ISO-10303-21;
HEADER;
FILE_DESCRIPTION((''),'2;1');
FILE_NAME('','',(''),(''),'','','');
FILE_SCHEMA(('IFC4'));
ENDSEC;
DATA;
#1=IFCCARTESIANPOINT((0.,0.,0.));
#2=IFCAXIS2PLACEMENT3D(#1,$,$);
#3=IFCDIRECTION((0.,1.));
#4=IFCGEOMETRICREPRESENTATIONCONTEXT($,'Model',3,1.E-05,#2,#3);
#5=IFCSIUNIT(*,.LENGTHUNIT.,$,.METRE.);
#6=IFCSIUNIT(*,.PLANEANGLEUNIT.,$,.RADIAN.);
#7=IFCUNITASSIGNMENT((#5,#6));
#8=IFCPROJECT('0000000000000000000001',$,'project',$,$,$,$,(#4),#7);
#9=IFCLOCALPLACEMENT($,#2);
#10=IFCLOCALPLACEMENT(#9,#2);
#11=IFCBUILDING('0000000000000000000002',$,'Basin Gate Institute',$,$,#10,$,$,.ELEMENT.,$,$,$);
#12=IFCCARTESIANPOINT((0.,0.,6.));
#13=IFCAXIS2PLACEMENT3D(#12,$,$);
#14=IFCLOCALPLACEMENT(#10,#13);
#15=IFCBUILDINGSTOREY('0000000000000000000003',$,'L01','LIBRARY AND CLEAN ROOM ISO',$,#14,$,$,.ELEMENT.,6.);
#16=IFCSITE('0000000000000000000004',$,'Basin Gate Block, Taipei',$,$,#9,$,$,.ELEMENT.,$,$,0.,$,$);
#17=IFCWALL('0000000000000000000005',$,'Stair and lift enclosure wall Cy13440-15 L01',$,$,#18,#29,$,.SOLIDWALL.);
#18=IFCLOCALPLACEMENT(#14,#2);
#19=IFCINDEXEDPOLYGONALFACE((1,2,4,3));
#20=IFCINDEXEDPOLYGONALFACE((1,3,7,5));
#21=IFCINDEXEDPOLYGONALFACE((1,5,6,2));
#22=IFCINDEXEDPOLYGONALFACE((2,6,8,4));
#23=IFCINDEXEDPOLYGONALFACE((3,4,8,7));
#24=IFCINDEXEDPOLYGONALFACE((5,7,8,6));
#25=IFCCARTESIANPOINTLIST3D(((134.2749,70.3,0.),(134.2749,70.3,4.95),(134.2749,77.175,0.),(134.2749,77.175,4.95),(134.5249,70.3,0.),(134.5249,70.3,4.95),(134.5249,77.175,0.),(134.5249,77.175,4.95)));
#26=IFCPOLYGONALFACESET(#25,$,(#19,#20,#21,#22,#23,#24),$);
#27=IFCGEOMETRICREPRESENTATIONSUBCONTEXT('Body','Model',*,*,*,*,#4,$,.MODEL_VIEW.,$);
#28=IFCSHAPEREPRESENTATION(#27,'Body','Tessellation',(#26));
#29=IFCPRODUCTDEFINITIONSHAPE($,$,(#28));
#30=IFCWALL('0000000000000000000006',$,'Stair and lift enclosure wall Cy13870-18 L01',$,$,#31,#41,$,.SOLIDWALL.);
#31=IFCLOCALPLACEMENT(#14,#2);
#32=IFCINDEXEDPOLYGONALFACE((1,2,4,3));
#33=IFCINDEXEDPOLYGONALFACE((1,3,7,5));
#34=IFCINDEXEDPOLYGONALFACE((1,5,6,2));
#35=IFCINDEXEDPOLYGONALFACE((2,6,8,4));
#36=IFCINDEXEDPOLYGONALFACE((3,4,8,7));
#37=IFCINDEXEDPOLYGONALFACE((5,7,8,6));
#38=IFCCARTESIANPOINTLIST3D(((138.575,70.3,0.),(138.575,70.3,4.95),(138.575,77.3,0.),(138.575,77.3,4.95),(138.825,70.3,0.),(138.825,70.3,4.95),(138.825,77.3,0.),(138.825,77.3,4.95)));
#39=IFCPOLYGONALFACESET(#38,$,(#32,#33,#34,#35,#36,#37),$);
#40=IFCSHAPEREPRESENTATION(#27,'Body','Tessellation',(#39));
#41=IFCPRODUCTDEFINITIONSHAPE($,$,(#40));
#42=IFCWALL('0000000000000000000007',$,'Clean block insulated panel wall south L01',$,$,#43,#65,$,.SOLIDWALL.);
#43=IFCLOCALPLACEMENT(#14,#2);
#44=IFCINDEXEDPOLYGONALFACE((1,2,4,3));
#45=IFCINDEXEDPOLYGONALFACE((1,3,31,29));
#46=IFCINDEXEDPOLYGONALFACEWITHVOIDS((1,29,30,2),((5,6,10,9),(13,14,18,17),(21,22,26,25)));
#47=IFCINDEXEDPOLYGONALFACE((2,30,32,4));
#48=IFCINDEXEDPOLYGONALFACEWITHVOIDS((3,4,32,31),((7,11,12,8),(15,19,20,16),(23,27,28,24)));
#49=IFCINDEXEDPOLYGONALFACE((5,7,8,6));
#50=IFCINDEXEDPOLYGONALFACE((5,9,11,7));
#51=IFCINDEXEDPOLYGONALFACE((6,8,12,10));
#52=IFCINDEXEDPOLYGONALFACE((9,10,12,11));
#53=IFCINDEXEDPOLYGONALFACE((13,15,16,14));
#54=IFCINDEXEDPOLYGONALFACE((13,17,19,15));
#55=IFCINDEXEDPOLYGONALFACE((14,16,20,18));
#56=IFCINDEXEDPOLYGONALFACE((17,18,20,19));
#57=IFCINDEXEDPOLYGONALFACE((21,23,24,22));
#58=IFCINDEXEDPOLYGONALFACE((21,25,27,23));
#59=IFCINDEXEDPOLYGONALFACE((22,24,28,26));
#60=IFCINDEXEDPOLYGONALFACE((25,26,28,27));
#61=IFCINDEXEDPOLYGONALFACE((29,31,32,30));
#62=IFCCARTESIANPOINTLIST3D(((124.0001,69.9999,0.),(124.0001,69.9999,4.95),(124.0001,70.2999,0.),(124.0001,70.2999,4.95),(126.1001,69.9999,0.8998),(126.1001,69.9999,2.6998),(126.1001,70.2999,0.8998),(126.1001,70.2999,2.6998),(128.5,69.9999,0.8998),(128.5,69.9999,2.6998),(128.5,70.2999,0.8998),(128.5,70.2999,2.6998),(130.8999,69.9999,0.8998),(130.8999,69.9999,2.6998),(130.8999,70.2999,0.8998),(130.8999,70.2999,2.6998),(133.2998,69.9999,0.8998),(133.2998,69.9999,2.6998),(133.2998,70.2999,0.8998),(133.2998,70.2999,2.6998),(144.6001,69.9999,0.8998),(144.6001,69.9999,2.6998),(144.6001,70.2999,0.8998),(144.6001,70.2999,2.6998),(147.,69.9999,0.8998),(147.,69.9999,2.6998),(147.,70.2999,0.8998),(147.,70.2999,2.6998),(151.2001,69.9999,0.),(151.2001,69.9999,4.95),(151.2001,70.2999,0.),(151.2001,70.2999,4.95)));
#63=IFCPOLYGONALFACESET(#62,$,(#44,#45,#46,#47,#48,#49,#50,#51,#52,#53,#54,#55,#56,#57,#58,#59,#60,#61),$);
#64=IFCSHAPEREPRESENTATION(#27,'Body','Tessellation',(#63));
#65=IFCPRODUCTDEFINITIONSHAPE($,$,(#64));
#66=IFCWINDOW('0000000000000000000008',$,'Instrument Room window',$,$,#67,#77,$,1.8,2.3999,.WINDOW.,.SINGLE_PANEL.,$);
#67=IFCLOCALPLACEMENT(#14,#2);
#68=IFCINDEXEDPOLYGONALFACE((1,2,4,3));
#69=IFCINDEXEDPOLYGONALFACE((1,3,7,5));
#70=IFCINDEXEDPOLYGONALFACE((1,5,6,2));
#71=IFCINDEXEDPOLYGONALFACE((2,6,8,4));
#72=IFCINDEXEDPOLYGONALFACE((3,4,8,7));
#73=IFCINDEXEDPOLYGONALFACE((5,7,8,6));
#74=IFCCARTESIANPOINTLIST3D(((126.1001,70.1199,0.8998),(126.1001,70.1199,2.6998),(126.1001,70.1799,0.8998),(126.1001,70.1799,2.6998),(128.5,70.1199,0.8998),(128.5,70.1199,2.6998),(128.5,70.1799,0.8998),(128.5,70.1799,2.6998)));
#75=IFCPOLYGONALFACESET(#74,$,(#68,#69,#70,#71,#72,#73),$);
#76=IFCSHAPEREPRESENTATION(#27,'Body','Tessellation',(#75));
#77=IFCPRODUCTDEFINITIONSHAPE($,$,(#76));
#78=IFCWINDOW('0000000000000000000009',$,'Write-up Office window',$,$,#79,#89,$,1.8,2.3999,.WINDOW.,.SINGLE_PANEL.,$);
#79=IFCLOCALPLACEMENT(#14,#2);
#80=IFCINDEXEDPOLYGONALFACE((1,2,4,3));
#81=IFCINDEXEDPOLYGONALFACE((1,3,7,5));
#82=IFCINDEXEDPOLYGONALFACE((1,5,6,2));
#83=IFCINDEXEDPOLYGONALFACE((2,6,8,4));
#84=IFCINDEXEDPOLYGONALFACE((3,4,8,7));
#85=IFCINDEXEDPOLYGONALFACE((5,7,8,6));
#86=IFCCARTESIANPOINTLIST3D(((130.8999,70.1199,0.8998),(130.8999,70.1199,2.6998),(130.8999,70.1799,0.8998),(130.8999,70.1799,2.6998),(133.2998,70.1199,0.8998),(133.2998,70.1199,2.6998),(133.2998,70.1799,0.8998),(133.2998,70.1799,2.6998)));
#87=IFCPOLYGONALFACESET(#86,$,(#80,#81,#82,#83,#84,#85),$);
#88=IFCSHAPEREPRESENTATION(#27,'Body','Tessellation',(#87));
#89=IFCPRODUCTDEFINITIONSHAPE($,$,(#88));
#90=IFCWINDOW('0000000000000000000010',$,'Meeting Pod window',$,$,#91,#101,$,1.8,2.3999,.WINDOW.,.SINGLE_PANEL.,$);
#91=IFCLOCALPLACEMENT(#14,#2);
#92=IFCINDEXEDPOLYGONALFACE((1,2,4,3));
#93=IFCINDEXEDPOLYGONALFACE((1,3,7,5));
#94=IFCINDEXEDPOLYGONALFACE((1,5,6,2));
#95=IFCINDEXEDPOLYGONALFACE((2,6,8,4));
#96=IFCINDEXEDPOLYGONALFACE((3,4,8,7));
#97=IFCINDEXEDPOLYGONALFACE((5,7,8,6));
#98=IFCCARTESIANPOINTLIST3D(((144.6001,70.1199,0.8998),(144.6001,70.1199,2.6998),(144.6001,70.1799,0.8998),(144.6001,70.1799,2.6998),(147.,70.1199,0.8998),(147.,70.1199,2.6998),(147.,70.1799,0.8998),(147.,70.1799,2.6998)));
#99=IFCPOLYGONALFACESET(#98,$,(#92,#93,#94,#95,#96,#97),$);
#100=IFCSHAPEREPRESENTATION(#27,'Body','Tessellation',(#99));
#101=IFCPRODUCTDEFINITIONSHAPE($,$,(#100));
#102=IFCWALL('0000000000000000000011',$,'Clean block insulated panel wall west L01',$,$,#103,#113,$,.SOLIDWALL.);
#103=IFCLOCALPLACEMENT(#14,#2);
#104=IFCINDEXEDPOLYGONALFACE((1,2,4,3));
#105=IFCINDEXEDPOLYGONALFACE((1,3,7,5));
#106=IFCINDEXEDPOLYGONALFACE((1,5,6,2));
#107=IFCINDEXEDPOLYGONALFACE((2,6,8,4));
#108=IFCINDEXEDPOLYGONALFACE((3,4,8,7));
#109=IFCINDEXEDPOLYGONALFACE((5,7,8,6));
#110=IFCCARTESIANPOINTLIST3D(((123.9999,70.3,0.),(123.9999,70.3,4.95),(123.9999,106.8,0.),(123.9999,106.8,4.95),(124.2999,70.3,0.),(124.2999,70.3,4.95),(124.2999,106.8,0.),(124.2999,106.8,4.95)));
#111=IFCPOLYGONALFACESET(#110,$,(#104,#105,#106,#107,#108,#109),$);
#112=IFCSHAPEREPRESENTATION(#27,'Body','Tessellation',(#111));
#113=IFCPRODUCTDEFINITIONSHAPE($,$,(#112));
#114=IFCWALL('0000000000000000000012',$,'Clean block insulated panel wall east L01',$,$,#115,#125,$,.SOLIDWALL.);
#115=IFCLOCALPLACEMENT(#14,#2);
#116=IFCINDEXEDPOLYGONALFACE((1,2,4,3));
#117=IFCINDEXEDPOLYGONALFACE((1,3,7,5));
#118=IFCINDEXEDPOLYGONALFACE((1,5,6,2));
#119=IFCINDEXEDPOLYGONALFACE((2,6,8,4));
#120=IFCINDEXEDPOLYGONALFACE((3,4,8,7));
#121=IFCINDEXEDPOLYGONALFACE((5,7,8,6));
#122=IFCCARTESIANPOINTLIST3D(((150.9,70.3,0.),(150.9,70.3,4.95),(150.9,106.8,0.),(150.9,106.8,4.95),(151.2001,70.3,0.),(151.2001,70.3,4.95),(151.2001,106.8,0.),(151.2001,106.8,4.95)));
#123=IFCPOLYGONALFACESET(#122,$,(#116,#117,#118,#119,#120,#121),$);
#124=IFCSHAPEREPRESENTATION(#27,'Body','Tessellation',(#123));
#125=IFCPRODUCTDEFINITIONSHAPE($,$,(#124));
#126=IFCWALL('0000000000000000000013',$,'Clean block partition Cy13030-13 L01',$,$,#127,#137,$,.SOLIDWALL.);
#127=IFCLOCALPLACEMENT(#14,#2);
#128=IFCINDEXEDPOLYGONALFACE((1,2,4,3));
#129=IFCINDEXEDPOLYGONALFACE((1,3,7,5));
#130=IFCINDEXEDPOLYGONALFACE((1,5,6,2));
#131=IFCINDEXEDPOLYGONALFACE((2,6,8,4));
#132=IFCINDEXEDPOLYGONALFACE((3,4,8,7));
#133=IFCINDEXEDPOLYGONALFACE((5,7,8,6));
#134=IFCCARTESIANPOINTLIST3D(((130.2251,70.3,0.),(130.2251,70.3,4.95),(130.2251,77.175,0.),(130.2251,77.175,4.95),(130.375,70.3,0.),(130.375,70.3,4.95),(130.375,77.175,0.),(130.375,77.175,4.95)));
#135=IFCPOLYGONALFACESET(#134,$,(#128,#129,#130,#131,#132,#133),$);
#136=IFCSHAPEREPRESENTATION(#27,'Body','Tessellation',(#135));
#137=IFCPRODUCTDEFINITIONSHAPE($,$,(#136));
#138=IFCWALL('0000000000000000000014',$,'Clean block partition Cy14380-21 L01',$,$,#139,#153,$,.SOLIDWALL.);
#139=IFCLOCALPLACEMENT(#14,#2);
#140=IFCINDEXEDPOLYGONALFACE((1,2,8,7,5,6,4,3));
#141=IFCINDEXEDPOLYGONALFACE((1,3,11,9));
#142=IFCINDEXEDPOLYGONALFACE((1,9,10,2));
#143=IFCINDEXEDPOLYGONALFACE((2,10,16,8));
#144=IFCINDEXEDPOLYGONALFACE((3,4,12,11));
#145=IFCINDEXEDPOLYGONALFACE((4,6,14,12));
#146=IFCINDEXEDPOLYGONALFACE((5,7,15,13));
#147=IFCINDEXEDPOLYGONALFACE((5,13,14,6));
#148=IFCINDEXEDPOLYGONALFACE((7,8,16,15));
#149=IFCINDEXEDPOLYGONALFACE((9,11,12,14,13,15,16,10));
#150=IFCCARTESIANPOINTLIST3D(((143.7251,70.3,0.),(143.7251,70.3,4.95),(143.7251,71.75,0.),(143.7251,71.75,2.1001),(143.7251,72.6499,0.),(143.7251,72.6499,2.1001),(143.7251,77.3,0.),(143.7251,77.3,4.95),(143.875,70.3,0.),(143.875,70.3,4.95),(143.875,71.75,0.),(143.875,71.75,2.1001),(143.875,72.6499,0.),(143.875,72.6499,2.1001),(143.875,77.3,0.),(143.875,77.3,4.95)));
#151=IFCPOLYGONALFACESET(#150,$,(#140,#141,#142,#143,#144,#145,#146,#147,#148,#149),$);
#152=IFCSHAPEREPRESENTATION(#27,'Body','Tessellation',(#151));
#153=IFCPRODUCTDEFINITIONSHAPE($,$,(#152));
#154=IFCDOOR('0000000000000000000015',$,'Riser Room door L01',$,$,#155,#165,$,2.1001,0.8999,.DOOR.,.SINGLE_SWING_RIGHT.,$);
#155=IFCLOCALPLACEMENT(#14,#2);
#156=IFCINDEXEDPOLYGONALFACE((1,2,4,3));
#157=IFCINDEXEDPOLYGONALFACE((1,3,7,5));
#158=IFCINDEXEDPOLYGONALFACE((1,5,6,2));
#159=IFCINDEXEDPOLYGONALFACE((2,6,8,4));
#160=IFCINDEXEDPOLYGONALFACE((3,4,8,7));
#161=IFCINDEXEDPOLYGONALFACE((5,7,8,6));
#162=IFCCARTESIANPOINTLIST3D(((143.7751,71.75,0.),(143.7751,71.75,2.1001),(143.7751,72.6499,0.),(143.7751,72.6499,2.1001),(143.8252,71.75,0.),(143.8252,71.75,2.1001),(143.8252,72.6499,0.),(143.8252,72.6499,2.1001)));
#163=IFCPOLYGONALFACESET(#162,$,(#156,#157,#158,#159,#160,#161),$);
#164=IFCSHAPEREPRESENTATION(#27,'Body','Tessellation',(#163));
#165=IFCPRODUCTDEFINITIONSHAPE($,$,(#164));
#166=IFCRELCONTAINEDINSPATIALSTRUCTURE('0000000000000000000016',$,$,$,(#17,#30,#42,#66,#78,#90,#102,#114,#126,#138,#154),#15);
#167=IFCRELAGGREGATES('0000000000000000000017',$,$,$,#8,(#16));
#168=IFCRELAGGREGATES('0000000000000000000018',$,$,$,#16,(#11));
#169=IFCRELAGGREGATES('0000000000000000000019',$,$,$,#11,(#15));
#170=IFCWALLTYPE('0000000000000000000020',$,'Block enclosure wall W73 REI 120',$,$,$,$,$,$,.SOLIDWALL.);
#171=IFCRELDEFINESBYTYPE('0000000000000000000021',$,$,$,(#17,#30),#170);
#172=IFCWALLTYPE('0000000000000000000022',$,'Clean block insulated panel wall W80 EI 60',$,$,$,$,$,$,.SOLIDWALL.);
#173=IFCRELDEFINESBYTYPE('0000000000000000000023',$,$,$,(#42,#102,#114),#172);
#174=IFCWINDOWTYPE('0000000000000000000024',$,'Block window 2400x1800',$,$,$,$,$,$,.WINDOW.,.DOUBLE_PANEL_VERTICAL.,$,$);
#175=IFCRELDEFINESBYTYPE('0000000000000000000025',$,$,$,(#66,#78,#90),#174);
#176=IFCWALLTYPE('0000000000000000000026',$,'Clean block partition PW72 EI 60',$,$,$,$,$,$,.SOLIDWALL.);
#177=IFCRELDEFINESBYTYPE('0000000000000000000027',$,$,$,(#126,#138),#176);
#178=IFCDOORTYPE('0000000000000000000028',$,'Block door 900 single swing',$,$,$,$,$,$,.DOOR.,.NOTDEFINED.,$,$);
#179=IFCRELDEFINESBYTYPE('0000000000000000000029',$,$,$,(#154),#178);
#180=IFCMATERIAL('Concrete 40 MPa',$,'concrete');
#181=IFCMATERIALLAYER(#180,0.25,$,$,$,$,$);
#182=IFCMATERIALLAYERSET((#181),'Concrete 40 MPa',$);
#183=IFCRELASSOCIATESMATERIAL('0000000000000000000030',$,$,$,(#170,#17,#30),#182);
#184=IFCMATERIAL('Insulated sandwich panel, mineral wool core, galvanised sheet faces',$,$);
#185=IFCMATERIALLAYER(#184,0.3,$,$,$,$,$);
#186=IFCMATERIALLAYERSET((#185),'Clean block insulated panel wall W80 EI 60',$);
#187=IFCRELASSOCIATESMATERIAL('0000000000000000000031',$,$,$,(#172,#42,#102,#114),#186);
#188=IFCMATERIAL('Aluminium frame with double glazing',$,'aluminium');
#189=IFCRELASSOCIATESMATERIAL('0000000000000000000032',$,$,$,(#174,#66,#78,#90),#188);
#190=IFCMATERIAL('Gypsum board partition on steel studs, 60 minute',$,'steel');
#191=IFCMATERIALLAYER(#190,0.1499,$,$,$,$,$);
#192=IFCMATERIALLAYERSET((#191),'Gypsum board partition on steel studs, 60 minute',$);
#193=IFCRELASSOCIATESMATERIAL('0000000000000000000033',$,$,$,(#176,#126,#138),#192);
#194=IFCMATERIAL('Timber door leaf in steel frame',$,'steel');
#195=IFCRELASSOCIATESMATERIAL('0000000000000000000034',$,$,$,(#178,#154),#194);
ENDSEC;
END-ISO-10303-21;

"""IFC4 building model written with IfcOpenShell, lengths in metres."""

from ifc_helpers import new_model, si_unit, direction, frame, frame_2d, origin, place, context, subcontext, project, spatial, rectangle, extrude, material, layer, layer_set, type_object, element, fill, save


model = new_model("IFC4")

# Units and contexts
model_context = context("Model", 3, precision=1e-05, world=origin(), true_north=direction((0.0, 1.0)))
body_context = subcontext(model_context, "Body", "Model", "MODEL_VIEW")
ifc_project = project(units=[si_unit("LENGTHUNIT", "METRE"), si_unit("PLANEANGLEUNIT", "RADIAN")], contexts=[model_context])

# Site, building, storey
site_placement = place(None, origin())
site = spatial("IfcSite", under=ifc_project, at=site_placement, Name="Basin Gate Block, Taipei", CompositionType="ELEMENT", RefElevation=0.0)
building_placement = place(site_placement, origin())
building = spatial("IfcBuilding", under=site, at=building_placement, Name="Basin Gate Institute", CompositionType="ELEMENT")
storey_placement = place(building_placement, frame((0.0, 0.0, 6.0)))
storey = spatial("IfcBuildingStorey", under=building, at=storey_placement, Name="L01", Description="LIBRARY AND CLEAN ROOM ISO", CompositionType="ELEMENT", Elevation=6.0)

# Walls
ifc_material_1 = material(Name="Concrete 40 MPa", Category="concrete")
ifc_layer_1 = layer(ifc_material_1, 0.25)
ifc_layer_set_1 = layer_set([ifc_layer_1], Name="Concrete 40 MPa")
wall_type_1 = type_object("IfcWallType", Name="Block enclosure wall W73 REI 120", PredefinedType="SOLIDWALL", material=ifc_layer_set_1)
wall_1_placement = place(storey_placement, frame((134.3999, 70.3, 0.0), z_axis=(0.0, 0.0, 1.0), x_axis=(0.0, 1.0, 0.0)))
element("IfcWall", 1, at=wall_1_placement, inside=storey, type_object=wall_type_1, material=ifc_layer_set_1, Name="Stair and lift enclosure wall Cy13440-15 L01", PredefinedType="SOLIDWALL", context=body_context, shape_type="SweptSolid", body=[
    extrude(rectangle(XDim=6.875, YDim=0.25, at=frame_2d((3.4375, 0.0))), origin(), (0.0, 0.0, 1.0), 4.95),
])
wall_2_placement = place(storey_placement, frame((138.7, 70.3, 0.0), z_axis=(0.0, 0.0, 1.0), x_axis=(0.0, 1.0, 0.0)))
element("IfcWall", 2, at=wall_2_placement, inside=storey, type_object=wall_type_1, material=ifc_layer_set_1, Name="Stair and lift enclosure wall Cy13870-18 L01", PredefinedType="SOLIDWALL", context=body_context, shape_type="SweptSolid", body=[
    extrude(rectangle(XDim=7.0, YDim=0.25, at=frame_2d((3.5, 0.0))), origin(), (0.0, 0.0, 1.0), 4.95),
])

# Wall, openings, windows
ifc_material_2 = material(Name="Insulated sandwich panel, mineral wool core, galvanised sheet faces")
ifc_layer_2 = layer(ifc_material_2, 0.3)
ifc_layer_set_2 = layer_set([ifc_layer_2], Name="Clean block insulated panel wall W80 EI 60")
wall_type_2 = type_object("IfcWallType", Name="Clean block insulated panel wall W80 EI 60", PredefinedType="SOLIDWALL", material=ifc_layer_set_2)
wall_3_placement = place(storey_placement, frame((124.0, 70.1499, 0.0), z_axis=(0.0, 0.0, 1.0), x_axis=(1.0, 0.0, 0.0)))
wall_3 = element("IfcWall", 3, at=wall_3_placement, inside=storey, type_object=wall_type_2, material=ifc_layer_set_2, Name="Clean block insulated panel wall south L01", PredefinedType="SOLIDWALL", context=body_context, shape_type="SweptSolid", body=[
    extrude(rectangle(XDim=27.2, YDim=0.3, at=frame_2d((13.6001, 0.0))), origin(), (0.0, 0.0, 1.0), 4.95),
])
opening_1_placement = place(wall_3_placement, frame((2.1001, 0.0, 0.8999)))
opening_1 = element("IfcOpeningElement", 4, at=opening_1_placement, cuts=wall_3, PredefinedType="OPENING", context=body_context, shape_type="SweptSolid", body=[
    extrude(rectangle(XDim=2.3999, YDim=1.8, at=frame_2d((1.2, 0.8999))), frame((0.0, 0.1602, 0.0), z_axis=(0.0, -1.0, 0.0), x_axis=(1.0, 0.0, 0.0)), (0.0, 0.0, 1.0), 0.3201),
])
opening_2_placement = place(wall_3_placement, frame((6.8999, 0.0, 0.8999)))
opening_2 = element("IfcOpeningElement", 5, at=opening_2_placement, cuts=wall_3, PredefinedType="OPENING", context=body_context, shape_type="SweptSolid", body=[
    extrude(rectangle(XDim=2.3999, YDim=1.8, at=frame_2d((1.2, 0.8999))), frame((0.0, 0.1602, 0.0), z_axis=(0.0, -1.0, 0.0), x_axis=(1.0, 0.0, 0.0)), (0.0, 0.0, 1.0), 0.3201),
])
opening_3_placement = place(wall_3_placement, frame((20.6001, 0.0, 0.8999)))
opening_3 = element("IfcOpeningElement", 6, at=opening_3_placement, cuts=wall_3, PredefinedType="OPENING", context=body_context, shape_type="SweptSolid", body=[
    extrude(rectangle(XDim=2.3999, YDim=1.8, at=frame_2d((1.2, 0.8999))), frame((0.0, 0.1602, 0.0), z_axis=(0.0, -1.0, 0.0), x_axis=(1.0, 0.0, 0.0)), (0.0, 0.0, 1.0), 0.3201),
])
ifc_material_3 = material(Name="Aluminium frame with double glazing", Category="aluminium")
window_type = type_object("IfcWindowType", Name="Block window 2400x1800", PartitioningType="DOUBLE_PANEL_VERTICAL", PredefinedType="WINDOW", material=ifc_material_3)
window_1_placement = place(opening_1_placement, origin())
window_1 = element("IfcWindow", 7, at=window_1_placement, inside=storey, type_object=window_type, material=ifc_material_3, Name="Instrument Room window", OverallHeight=1.8, OverallWidth=2.3999, PartitioningType="SINGLE_PANEL", PredefinedType="WINDOW", context=body_context, shape_type="SweptSolid", body=[
    extrude(rectangle(XDim=2.3999, YDim=1.8, at=frame_2d((1.2, 0.8999))), frame((0.0, 0.03, 0.0), z_axis=(0.0, -1.0, 0.0), x_axis=(1.0, 0.0, 0.0)), (0.0, 0.0, 1.0), 0.0601),
])
fill(opening_1, window_1)
window_2_placement = place(opening_2_placement, origin())
window_2 = element("IfcWindow", 8, at=window_2_placement, inside=storey, type_object=window_type, material=ifc_material_3, Name="Write-up Office window", OverallHeight=1.8, OverallWidth=2.3999, PartitioningType="SINGLE_PANEL", PredefinedType="WINDOW", context=body_context, shape_type="SweptSolid", body=[
    extrude(rectangle(XDim=2.3999, YDim=1.8, at=frame_2d((1.2, 0.8999))), frame((0.0, 0.03, 0.0), z_axis=(0.0, -1.0, 0.0), x_axis=(1.0, 0.0, 0.0)), (0.0, 0.0, 1.0), 0.0601),
])
fill(opening_2, window_2)
window_3_placement = place(opening_3_placement, origin())
window_3 = element("IfcWindow", 9, at=window_3_placement, inside=storey, type_object=window_type, material=ifc_material_3, Name="Meeting Pod window", OverallHeight=1.8, OverallWidth=2.3999, PartitioningType="SINGLE_PANEL", PredefinedType="WINDOW", context=body_context, shape_type="SweptSolid", body=[
    extrude(rectangle(XDim=2.3999, YDim=1.8, at=frame_2d((1.2, 0.8999))), frame((0.0, 0.03, 0.0), z_axis=(0.0, -1.0, 0.0), x_axis=(1.0, 0.0, 0.0)), (0.0, 0.0, 1.0), 0.0601),
])
fill(opening_3, window_3)

# Walls
for number, where, z_axis, x_axis, name in (
    (10, (124.1499, 70.3, 0.0), (0.0, 0.0, 1.0), (0.0, 1.0, 0.0), "Clean block insulated panel wall west L01"),
    (11, (151.05, 70.3, 0.0), (0.0, 0.0, 1.0), (0.0, 1.0, 0.0), "Clean block insulated panel wall east L01"),
):
    element("IfcWall", number, at=place(storey_placement, frame(where, z_axis=z_axis, x_axis=x_axis)), inside=storey, type_object=wall_type_2, material=ifc_layer_set_2, Name=name, PredefinedType="SOLIDWALL", context=body_context, shape_type="SweptSolid", body=[
        extrude(rectangle(XDim=36.5, YDim=0.3, at=frame_2d((18.25, 0.0))), origin(), (0.0, 0.0, 1.0), 4.95),
    ])
ifc_material_4 = material(Name="Gypsum board partition on steel studs, 60 minute", Category="steel")
ifc_layer_3 = layer(ifc_material_4, 0.1499)
ifc_layer_set_3 = layer_set([ifc_layer_3], Name="Gypsum board partition on steel studs, 60 minute")
wall_type_3 = type_object("IfcWallType", Name="Clean block partition PW72 EI 60", PredefinedType="SOLIDWALL", material=ifc_layer_set_3)
wall_4_placement = place(storey_placement, frame((130.3, 70.3, 0.0), z_axis=(0.0, 0.0, 1.0), x_axis=(0.0, 1.0, 0.0)))
element("IfcWall", 12, at=wall_4_placement, inside=storey, type_object=wall_type_3, material=ifc_layer_set_3, Name="Clean block partition Cy13030-13 L01", PredefinedType="SOLIDWALL", context=body_context, shape_type="SweptSolid", body=[
    extrude(rectangle(XDim=6.875, YDim=0.1499, at=frame_2d((3.4375, 0.0))), origin(), (0.0, 0.0, 1.0), 4.95),
])

# Wall, opening, door
wall_5_placement = place(storey_placement, frame((143.8, 70.3, 0.0), z_axis=(0.0, 0.0, 1.0), x_axis=(0.0, 1.0, 0.0)))
wall_5 = element("IfcWall", 13, at=wall_5_placement, inside=storey, type_object=wall_type_3, material=ifc_layer_set_3, Name="Clean block partition Cy14380-21 L01", PredefinedType="SOLIDWALL", context=body_context, shape_type="SweptSolid", body=[
    extrude(rectangle(XDim=7.0, YDim=0.1499, at=frame_2d((3.5, 0.0))), origin(), (0.0, 0.0, 1.0), 4.95),
])
opening_4_placement = place(wall_5_placement, frame((1.45, 0.0, 0.0)))
opening_4 = element("IfcOpeningElement", 14, at=opening_4_placement, cuts=wall_5, PredefinedType="OPENING", context=body_context, shape_type="SweptSolid", body=[
    extrude(rectangle(XDim=0.8999, YDim=2.1001, at=frame_2d((0.45, 1.05))), frame((0.0, 0.085, 0.0), z_axis=(0.0, -1.0, 0.0), x_axis=(1.0, 0.0, 0.0)), (0.0, 0.0, 1.0), 0.1699),
])
ifc_material_5 = material(Name="Timber door leaf in steel frame", Category="steel")
door_type = type_object("IfcDoorType", Name="Block door 900 single swing", OperationType="NOTDEFINED", PredefinedType="DOOR", material=ifc_material_5)
door_placement = place(opening_4_placement, origin())
door = element("IfcDoor", 15, at=door_placement, inside=storey, type_object=door_type, material=ifc_material_5, Name="Riser Room door L01", OperationType="SINGLE_SWING_RIGHT", OverallHeight=2.1001, OverallWidth=0.8999, PredefinedType="DOOR", context=body_context, shape_type="SweptSolid", body=[
    extrude(rectangle(XDim=0.8999, YDim=2.1001, at=frame_2d((0.45, 1.05))), frame((0.0, 0.0249, 0.0), z_axis=(0.0, -1.0, 0.0), x_axis=(1.0, 0.0, 0.0)), (0.0, 0.0, 1.0), 0.05),
])
fill(opening_4, door)

save(model, "model.ifc")
